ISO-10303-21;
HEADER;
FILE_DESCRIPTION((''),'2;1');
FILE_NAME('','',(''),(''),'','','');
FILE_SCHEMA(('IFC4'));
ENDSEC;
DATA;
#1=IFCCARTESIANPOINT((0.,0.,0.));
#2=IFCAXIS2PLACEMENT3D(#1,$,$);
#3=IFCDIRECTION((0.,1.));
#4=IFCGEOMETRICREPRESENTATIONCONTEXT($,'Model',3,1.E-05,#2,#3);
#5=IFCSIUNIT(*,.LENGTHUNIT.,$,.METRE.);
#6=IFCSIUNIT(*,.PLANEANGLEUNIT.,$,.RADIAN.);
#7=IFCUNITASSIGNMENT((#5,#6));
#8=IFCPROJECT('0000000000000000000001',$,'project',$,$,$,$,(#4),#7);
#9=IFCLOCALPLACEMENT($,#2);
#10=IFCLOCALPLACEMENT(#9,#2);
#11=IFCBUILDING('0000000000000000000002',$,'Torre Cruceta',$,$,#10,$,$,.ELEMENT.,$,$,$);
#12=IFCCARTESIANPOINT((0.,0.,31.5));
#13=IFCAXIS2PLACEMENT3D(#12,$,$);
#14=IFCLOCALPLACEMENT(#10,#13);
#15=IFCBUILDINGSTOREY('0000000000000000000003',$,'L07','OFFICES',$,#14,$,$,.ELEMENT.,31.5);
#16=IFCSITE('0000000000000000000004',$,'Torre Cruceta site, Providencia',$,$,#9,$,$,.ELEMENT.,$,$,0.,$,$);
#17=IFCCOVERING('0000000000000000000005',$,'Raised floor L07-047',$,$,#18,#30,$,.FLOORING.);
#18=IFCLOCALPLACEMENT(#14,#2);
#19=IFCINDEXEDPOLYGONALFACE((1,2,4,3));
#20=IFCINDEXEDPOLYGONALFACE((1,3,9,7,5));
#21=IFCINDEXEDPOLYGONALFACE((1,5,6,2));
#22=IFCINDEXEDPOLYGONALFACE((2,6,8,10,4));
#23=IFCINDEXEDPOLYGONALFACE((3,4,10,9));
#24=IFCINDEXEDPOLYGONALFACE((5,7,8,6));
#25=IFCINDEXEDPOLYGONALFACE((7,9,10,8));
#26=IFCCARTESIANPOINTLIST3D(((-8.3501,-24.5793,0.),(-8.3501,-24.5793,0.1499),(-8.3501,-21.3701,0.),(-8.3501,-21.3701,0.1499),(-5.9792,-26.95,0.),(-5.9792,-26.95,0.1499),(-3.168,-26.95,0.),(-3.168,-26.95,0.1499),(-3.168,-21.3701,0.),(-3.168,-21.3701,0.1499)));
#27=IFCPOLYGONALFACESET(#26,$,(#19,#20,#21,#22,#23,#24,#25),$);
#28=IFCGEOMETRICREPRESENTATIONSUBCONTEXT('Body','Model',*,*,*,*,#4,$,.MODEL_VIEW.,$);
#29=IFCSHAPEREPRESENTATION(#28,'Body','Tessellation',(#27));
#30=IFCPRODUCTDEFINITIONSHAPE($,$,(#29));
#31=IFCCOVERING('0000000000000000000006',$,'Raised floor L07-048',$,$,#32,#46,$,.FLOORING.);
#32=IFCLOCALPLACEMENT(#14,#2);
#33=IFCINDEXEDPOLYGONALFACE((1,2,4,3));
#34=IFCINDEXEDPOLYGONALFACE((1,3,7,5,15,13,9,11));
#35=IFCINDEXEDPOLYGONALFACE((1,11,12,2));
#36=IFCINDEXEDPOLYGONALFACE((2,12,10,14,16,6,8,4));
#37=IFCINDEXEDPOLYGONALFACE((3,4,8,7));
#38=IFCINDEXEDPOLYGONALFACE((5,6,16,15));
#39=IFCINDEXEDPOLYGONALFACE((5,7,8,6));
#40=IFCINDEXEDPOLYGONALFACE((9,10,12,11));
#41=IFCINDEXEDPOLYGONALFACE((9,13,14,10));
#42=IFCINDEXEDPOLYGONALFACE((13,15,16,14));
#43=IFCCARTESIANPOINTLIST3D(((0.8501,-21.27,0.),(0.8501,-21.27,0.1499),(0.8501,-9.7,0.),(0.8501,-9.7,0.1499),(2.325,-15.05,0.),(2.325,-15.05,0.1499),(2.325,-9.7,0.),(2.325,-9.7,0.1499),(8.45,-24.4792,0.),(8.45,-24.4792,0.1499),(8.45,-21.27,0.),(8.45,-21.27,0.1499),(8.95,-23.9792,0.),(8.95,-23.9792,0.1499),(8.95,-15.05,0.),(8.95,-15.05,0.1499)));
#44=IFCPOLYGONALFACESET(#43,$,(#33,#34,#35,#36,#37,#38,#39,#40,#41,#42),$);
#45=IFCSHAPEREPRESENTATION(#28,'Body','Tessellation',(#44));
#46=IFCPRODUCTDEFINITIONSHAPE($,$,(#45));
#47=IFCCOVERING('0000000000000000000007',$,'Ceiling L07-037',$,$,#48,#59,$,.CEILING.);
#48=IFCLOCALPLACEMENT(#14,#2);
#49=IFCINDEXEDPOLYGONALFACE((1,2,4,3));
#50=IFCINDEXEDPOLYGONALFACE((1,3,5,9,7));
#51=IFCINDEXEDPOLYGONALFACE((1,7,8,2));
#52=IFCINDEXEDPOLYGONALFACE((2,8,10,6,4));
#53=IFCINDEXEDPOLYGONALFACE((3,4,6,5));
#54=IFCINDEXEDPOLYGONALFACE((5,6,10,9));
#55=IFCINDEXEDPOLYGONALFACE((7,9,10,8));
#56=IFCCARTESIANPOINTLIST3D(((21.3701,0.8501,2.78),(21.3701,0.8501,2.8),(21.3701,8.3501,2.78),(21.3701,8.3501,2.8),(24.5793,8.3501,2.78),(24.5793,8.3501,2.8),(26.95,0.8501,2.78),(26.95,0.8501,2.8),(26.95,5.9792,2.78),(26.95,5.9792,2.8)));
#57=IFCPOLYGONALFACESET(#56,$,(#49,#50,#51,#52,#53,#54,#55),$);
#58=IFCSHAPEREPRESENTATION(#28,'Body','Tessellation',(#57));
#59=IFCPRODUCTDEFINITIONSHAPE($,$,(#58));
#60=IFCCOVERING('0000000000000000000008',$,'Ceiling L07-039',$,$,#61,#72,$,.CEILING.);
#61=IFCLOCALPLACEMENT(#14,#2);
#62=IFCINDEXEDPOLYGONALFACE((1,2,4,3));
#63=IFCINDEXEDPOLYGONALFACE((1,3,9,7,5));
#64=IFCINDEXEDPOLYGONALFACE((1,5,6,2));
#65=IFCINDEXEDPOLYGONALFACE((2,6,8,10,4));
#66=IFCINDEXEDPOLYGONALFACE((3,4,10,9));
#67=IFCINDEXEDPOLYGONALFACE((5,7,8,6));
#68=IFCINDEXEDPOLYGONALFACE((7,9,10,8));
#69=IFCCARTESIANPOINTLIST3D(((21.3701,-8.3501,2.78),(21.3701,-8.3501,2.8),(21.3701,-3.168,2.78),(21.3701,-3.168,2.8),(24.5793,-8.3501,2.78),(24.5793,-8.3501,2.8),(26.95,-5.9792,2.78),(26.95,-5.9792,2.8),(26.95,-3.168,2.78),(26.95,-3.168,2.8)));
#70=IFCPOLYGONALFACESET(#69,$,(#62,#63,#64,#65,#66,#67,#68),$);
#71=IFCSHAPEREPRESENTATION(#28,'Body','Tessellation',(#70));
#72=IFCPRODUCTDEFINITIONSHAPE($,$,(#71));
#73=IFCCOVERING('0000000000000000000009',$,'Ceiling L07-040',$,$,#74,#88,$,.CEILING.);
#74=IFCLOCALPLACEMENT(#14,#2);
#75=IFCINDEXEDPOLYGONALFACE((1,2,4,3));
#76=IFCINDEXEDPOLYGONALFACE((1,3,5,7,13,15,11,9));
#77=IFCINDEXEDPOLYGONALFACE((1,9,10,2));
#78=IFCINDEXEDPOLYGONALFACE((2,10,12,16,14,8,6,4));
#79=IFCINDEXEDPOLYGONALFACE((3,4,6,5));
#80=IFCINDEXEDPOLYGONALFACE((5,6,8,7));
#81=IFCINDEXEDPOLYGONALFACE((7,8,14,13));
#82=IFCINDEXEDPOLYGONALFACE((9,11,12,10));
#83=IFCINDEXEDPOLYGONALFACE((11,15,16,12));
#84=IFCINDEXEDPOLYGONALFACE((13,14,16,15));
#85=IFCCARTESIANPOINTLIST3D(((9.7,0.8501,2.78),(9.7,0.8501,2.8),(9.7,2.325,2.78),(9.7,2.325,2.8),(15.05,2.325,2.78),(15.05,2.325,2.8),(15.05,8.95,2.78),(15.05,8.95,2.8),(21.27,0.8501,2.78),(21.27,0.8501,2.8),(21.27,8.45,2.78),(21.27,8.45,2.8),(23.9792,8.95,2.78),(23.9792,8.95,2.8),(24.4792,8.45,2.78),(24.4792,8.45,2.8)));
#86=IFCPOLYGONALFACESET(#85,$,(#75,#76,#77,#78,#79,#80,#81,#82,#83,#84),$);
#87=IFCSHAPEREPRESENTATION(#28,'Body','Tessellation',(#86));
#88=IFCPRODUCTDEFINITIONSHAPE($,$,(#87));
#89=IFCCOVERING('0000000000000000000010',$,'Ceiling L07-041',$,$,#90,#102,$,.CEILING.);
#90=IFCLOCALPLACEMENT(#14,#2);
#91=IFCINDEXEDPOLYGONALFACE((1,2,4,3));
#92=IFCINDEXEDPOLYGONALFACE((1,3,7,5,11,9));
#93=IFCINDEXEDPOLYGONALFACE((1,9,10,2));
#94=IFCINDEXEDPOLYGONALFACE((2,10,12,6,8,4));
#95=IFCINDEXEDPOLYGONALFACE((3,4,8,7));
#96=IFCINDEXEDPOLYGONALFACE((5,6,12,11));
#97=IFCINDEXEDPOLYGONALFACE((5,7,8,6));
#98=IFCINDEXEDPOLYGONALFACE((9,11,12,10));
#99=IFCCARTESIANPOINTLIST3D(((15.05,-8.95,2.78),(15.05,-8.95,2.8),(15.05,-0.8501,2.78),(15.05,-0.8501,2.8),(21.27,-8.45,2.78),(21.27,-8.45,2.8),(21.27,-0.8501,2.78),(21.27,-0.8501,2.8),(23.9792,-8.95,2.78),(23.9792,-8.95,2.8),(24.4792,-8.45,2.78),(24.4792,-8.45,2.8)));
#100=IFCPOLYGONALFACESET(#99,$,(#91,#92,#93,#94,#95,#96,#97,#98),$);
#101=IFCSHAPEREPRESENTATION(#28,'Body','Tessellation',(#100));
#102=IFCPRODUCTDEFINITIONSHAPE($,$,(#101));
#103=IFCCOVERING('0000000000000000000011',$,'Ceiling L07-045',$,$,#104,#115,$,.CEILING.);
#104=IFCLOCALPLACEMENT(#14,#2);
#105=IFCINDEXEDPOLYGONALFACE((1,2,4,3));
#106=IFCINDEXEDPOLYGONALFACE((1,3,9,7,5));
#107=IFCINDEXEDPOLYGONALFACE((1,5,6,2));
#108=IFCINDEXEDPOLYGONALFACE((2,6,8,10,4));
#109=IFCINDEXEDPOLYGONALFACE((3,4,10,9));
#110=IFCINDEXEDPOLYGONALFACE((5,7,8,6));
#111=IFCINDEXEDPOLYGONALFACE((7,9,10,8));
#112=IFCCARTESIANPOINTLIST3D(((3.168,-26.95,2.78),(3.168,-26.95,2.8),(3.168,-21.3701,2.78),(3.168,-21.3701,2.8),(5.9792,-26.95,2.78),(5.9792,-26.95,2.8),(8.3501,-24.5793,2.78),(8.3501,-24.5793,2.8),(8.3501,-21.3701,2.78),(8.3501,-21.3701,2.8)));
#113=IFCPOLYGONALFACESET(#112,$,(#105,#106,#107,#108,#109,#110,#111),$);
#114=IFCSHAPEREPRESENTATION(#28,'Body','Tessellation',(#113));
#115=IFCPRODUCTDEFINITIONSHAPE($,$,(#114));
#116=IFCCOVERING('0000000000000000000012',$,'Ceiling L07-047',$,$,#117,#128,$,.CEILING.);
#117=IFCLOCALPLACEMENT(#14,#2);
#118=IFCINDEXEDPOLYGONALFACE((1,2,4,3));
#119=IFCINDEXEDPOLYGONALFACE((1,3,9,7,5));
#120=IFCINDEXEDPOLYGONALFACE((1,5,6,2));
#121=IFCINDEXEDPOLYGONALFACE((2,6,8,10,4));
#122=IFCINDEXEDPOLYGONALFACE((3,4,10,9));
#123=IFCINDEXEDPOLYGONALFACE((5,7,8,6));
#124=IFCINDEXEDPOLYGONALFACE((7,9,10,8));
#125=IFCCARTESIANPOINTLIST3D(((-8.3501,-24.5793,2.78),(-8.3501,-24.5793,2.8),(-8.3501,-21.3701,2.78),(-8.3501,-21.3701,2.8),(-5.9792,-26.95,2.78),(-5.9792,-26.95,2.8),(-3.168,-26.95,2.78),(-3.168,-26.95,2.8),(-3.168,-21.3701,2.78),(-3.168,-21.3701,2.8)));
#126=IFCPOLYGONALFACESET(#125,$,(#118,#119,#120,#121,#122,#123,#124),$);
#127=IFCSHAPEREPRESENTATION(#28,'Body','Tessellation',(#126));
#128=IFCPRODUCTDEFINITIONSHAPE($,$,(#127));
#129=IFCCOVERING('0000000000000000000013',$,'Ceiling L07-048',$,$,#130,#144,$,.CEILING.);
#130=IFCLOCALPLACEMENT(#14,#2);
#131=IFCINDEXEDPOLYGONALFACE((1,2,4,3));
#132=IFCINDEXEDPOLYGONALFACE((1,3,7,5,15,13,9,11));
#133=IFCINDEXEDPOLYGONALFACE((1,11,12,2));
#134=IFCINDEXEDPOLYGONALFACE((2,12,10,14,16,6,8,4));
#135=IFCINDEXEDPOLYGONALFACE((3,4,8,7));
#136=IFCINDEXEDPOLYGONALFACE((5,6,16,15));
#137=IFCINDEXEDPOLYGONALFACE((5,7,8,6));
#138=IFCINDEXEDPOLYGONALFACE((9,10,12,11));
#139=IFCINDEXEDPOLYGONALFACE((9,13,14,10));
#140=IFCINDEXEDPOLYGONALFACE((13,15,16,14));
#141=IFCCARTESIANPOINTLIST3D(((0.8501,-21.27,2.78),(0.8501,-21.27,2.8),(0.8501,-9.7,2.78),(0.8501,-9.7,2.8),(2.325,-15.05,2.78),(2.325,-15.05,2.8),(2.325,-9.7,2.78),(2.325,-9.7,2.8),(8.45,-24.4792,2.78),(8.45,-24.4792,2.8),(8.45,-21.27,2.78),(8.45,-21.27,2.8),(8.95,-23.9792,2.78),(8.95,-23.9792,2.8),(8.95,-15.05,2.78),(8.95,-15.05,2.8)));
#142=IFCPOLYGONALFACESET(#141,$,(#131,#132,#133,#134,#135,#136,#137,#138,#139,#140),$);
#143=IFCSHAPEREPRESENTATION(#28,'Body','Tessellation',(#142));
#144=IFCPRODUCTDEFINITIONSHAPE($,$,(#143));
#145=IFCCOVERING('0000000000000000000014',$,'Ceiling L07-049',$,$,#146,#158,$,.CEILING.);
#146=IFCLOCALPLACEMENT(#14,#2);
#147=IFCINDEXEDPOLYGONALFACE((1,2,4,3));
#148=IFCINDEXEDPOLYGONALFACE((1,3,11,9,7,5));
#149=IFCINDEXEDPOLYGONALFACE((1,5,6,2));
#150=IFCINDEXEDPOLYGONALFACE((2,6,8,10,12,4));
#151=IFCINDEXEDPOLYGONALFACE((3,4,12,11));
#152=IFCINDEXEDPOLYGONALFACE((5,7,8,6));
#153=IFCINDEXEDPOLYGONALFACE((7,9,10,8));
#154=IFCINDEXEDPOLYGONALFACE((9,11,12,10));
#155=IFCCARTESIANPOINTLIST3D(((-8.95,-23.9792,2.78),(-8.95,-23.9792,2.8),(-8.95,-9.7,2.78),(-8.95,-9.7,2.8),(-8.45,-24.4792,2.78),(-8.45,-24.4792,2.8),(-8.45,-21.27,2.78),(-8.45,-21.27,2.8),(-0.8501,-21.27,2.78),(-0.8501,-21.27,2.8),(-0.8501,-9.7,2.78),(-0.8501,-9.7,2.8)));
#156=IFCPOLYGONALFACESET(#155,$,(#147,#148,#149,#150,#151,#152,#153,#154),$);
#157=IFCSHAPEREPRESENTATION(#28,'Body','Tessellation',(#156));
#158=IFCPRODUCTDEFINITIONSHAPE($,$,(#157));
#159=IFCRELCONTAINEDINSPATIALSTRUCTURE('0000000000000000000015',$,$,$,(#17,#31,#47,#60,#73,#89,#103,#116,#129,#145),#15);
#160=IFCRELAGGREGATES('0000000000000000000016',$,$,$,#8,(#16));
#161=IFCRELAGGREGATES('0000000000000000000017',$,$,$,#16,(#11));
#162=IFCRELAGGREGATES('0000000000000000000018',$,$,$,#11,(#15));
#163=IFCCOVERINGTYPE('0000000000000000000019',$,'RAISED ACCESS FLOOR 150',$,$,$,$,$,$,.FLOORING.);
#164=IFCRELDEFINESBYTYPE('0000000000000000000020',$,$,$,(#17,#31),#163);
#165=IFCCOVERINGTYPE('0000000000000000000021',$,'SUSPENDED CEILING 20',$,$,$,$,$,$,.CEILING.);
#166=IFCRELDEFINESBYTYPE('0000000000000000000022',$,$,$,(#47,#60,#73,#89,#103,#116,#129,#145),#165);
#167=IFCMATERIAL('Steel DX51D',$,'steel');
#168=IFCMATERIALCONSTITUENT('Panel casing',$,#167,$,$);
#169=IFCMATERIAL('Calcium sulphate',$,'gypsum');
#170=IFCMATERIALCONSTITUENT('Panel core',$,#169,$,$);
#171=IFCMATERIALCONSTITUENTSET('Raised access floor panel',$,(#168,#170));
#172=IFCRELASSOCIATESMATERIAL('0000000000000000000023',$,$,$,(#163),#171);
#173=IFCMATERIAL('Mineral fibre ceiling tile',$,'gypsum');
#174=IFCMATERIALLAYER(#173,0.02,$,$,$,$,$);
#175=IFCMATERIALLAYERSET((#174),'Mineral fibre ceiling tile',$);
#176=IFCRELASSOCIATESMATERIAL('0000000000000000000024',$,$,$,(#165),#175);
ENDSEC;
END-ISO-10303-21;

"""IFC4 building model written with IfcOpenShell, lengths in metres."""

from ifc_helpers import new_model, si_unit, direction, frame, origin, place, context, subcontext, project, spatial, polyline, outline, extrude, material, layer, layer_set, constituent, constituent_set, type_object, element, save


model = new_model("IFC4")

# Units and contexts
model_context = context("Model", 3, precision=1e-05, world=origin(), true_north=direction((0.0, 1.0)))
body_context = subcontext(model_context, "Body", "Model", "MODEL_VIEW")
ifc_project = project(units=[si_unit("LENGTHUNIT", "METRE"), si_unit("PLANEANGLEUNIT", "RADIAN")], contexts=[model_context])

# Site, building, storey
site_placement = place(None, origin())
site = spatial("IfcSite", under=ifc_project, at=site_placement, Name="Torre Cruceta site, Providencia", CompositionType="ELEMENT", RefElevation=0.0)
building_placement = place(site_placement, origin())
building = spatial("IfcBuilding", under=site, at=building_placement, Name="Torre Cruceta", CompositionType="ELEMENT")
storey_placement = place(building_placement, frame((0.0, 0.0, 31.5)))
storey = spatial("IfcBuildingStorey", under=building, at=storey_placement, Name="L07", Description="OFFICES", CompositionType="ELEMENT", Elevation=31.5)

# Coverings
ifc_material_1 = material(Name="Steel DX51D", Category="steel")
ifc_constituent_1 = constituent(ifc_material_1, Name="Panel casing")
ifc_material_2 = material(Name="Calcium sulphate", Category="gypsum")
ifc_constituent_2 = constituent(ifc_material_2, Name="Panel core")
ifc_constituent_set_1 = constituent_set(constituents=[ifc_constituent_1, ifc_constituent_2], Name="Raised access floor panel")
covering_type_1 = type_object("IfcCoveringType", Name="RAISED ACCESS FLOOR 150", PredefinedType="FLOORING", material=ifc_constituent_set_1)
covering_1_placement = place(storey_placement, origin())
element("IfcCovering", 1, at=covering_1_placement, inside=storey, type_object=covering_type_1, Name="Raised floor L07-047", PredefinedType="FLOORING", context=body_context, shape_type="SweptSolid", body=[
    extrude(outline(polyline([(-8.3501, -24.5793), (-8.3501, -21.3701), (-3.168, -21.3701), (-3.168, -26.95), (-5.9792, -26.95), (-8.3501, -24.5793)])), origin(), (0.0, 0.0, 1.0), 0.1499),
])
covering_2_placement = place(storey_placement, origin())
element("IfcCovering", 2, at=covering_2_placement, inside=storey, type_object=covering_type_1, Name="Raised floor L07-048", PredefinedType="FLOORING", context=body_context, shape_type="SweptSolid", body=[
    extrude(outline(polyline([(0.8501, -21.27), (0.8501, -9.7), (2.325, -9.7), (2.325, -15.05), (8.95, -15.05), (8.95, -23.9792), (8.45, -24.4792), (8.45, -21.27), (0.8501, -21.27)])), origin(), (0.0, 0.0, 1.0), 0.1499),
])
ifc_material_3 = material(Name="Mineral fibre ceiling tile", Category="gypsum")
ifc_layer_1 = layer(ifc_material_3, 0.02)
ifc_layer_set_1 = layer_set([ifc_layer_1], Name="Mineral fibre ceiling tile")
covering_type_2 = type_object("IfcCoveringType", Name="SUSPENDED CEILING 20", PredefinedType="CEILING", material=ifc_layer_set_1)
covering_3_placement = place(storey_placement, frame((0.0, 0.0, 2.78)))
element("IfcCovering", 3, at=covering_3_placement, inside=storey, type_object=covering_type_2, Name="Ceiling L07-037", PredefinedType="CEILING", context=body_context, shape_type="SweptSolid", body=[
    extrude(outline(polyline([(26.95, 0.8501), (21.3701, 0.8501), (21.3701, 8.3501), (24.5793, 8.3501), (26.95, 5.9792), (26.95, 0.8501)])), origin(), (0.0, 0.0, 1.0), 0.02),
])
covering_4_placement = place(storey_placement, frame((0.0, 0.0, 2.78)))
element("IfcCovering", 4, at=covering_4_placement, inside=storey, type_object=covering_type_2, Name="Ceiling L07-039", PredefinedType="CEILING", context=body_context, shape_type="SweptSolid", body=[
    extrude(outline(polyline([(24.5793, -8.3501), (21.3701, -8.3501), (21.3701, -3.168), (26.95, -3.168), (26.95, -5.9792), (24.5793, -8.3501)])), origin(), (0.0, 0.0, 1.0), 0.02),
])
covering_5_placement = place(storey_placement, frame((0.0, 0.0, 2.78)))
element("IfcCovering", 5, at=covering_5_placement, inside=storey, type_object=covering_type_2, Name="Ceiling L07-040", PredefinedType="CEILING", context=body_context, shape_type="SweptSolid", body=[
    extrude(outline(polyline([(9.7, 2.325), (15.05, 2.325), (15.05, 8.95), (23.9792, 8.95), (24.4792, 8.45), (21.27, 8.45), (21.27, 0.8501), (9.7, 0.8501), (9.7, 2.325)])), origin(), (0.0, 0.0, 1.0), 0.02),
])
covering_6_placement = place(storey_placement, frame((0.0, 0.0, 2.78)))
element("IfcCovering", 6, at=covering_6_placement, inside=storey, type_object=covering_type_2, Name="Ceiling L07-041", PredefinedType="CEILING", context=body_context, shape_type="SweptSolid", body=[
    extrude(outline(polyline([(15.05, -8.95), (15.05, -0.8501), (21.27, -0.8501), (21.27, -8.45), (24.4792, -8.45), (23.9792, -8.95), (15.05, -8.95)])), origin(), (0.0, 0.0, 1.0), 0.02),
])
covering_7_placement = place(storey_placement, frame((0.0, 0.0, 2.78)))
element("IfcCovering", 7, at=covering_7_placement, inside=storey, type_object=covering_type_2, Name="Ceiling L07-045", PredefinedType="CEILING", context=body_context, shape_type="SweptSolid", body=[
    extrude(outline(polyline([(3.168, -26.95), (3.168, -21.3701), (8.3501, -21.3701), (8.3501, -24.5793), (5.9792, -26.95), (3.168, -26.95)])), origin(), (0.0, 0.0, 1.0), 0.02),
])
covering_8_placement = place(storey_placement, frame((0.0, 0.0, 2.78)))
element("IfcCovering", 8, at=covering_8_placement, inside=storey, type_object=covering_type_2, Name="Ceiling L07-047", PredefinedType="CEILING", context=body_context, shape_type="SweptSolid", body=[
    extrude(outline(polyline([(-8.3501, -24.5793), (-8.3501, -21.3701), (-3.168, -21.3701), (-3.168, -26.95), (-5.9792, -26.95), (-8.3501, -24.5793)])), origin(), (0.0, 0.0, 1.0), 0.02),
])
covering_9_placement = place(storey_placement, frame((0.0, 0.0, 2.78)))
element("IfcCovering", 9, at=covering_9_placement, inside=storey, type_object=covering_type_2, Name="Ceiling L07-048", PredefinedType="CEILING", context=body_context, shape_type="SweptSolid", body=[
    extrude(outline(polyline([(0.8501, -21.27), (0.8501, -9.7), (2.325, -9.7), (2.325, -15.05), (8.95, -15.05), (8.95, -23.9792), (8.45, -24.4792), (8.45, -21.27), (0.8501, -21.27)])), origin(), (0.0, 0.0, 1.0), 0.02),
])
covering_10_placement = place(storey_placement, frame((0.0, 0.0, 2.78)))
element("IfcCovering", 10, at=covering_10_placement, inside=storey, type_object=covering_type_2, Name="Ceiling L07-049", PredefinedType="CEILING", context=body_context, shape_type="SweptSolid", body=[
    extrude(outline(polyline([(-8.45, -21.27), (-8.45, -24.4792), (-8.95, -23.9792), (-8.95, -9.7), (-0.8501, -9.7), (-0.8501, -21.27), (-8.45, -21.27)])), origin(), (0.0, 0.0, 1.0), 0.02),
])

save(model, "model.ifc")
